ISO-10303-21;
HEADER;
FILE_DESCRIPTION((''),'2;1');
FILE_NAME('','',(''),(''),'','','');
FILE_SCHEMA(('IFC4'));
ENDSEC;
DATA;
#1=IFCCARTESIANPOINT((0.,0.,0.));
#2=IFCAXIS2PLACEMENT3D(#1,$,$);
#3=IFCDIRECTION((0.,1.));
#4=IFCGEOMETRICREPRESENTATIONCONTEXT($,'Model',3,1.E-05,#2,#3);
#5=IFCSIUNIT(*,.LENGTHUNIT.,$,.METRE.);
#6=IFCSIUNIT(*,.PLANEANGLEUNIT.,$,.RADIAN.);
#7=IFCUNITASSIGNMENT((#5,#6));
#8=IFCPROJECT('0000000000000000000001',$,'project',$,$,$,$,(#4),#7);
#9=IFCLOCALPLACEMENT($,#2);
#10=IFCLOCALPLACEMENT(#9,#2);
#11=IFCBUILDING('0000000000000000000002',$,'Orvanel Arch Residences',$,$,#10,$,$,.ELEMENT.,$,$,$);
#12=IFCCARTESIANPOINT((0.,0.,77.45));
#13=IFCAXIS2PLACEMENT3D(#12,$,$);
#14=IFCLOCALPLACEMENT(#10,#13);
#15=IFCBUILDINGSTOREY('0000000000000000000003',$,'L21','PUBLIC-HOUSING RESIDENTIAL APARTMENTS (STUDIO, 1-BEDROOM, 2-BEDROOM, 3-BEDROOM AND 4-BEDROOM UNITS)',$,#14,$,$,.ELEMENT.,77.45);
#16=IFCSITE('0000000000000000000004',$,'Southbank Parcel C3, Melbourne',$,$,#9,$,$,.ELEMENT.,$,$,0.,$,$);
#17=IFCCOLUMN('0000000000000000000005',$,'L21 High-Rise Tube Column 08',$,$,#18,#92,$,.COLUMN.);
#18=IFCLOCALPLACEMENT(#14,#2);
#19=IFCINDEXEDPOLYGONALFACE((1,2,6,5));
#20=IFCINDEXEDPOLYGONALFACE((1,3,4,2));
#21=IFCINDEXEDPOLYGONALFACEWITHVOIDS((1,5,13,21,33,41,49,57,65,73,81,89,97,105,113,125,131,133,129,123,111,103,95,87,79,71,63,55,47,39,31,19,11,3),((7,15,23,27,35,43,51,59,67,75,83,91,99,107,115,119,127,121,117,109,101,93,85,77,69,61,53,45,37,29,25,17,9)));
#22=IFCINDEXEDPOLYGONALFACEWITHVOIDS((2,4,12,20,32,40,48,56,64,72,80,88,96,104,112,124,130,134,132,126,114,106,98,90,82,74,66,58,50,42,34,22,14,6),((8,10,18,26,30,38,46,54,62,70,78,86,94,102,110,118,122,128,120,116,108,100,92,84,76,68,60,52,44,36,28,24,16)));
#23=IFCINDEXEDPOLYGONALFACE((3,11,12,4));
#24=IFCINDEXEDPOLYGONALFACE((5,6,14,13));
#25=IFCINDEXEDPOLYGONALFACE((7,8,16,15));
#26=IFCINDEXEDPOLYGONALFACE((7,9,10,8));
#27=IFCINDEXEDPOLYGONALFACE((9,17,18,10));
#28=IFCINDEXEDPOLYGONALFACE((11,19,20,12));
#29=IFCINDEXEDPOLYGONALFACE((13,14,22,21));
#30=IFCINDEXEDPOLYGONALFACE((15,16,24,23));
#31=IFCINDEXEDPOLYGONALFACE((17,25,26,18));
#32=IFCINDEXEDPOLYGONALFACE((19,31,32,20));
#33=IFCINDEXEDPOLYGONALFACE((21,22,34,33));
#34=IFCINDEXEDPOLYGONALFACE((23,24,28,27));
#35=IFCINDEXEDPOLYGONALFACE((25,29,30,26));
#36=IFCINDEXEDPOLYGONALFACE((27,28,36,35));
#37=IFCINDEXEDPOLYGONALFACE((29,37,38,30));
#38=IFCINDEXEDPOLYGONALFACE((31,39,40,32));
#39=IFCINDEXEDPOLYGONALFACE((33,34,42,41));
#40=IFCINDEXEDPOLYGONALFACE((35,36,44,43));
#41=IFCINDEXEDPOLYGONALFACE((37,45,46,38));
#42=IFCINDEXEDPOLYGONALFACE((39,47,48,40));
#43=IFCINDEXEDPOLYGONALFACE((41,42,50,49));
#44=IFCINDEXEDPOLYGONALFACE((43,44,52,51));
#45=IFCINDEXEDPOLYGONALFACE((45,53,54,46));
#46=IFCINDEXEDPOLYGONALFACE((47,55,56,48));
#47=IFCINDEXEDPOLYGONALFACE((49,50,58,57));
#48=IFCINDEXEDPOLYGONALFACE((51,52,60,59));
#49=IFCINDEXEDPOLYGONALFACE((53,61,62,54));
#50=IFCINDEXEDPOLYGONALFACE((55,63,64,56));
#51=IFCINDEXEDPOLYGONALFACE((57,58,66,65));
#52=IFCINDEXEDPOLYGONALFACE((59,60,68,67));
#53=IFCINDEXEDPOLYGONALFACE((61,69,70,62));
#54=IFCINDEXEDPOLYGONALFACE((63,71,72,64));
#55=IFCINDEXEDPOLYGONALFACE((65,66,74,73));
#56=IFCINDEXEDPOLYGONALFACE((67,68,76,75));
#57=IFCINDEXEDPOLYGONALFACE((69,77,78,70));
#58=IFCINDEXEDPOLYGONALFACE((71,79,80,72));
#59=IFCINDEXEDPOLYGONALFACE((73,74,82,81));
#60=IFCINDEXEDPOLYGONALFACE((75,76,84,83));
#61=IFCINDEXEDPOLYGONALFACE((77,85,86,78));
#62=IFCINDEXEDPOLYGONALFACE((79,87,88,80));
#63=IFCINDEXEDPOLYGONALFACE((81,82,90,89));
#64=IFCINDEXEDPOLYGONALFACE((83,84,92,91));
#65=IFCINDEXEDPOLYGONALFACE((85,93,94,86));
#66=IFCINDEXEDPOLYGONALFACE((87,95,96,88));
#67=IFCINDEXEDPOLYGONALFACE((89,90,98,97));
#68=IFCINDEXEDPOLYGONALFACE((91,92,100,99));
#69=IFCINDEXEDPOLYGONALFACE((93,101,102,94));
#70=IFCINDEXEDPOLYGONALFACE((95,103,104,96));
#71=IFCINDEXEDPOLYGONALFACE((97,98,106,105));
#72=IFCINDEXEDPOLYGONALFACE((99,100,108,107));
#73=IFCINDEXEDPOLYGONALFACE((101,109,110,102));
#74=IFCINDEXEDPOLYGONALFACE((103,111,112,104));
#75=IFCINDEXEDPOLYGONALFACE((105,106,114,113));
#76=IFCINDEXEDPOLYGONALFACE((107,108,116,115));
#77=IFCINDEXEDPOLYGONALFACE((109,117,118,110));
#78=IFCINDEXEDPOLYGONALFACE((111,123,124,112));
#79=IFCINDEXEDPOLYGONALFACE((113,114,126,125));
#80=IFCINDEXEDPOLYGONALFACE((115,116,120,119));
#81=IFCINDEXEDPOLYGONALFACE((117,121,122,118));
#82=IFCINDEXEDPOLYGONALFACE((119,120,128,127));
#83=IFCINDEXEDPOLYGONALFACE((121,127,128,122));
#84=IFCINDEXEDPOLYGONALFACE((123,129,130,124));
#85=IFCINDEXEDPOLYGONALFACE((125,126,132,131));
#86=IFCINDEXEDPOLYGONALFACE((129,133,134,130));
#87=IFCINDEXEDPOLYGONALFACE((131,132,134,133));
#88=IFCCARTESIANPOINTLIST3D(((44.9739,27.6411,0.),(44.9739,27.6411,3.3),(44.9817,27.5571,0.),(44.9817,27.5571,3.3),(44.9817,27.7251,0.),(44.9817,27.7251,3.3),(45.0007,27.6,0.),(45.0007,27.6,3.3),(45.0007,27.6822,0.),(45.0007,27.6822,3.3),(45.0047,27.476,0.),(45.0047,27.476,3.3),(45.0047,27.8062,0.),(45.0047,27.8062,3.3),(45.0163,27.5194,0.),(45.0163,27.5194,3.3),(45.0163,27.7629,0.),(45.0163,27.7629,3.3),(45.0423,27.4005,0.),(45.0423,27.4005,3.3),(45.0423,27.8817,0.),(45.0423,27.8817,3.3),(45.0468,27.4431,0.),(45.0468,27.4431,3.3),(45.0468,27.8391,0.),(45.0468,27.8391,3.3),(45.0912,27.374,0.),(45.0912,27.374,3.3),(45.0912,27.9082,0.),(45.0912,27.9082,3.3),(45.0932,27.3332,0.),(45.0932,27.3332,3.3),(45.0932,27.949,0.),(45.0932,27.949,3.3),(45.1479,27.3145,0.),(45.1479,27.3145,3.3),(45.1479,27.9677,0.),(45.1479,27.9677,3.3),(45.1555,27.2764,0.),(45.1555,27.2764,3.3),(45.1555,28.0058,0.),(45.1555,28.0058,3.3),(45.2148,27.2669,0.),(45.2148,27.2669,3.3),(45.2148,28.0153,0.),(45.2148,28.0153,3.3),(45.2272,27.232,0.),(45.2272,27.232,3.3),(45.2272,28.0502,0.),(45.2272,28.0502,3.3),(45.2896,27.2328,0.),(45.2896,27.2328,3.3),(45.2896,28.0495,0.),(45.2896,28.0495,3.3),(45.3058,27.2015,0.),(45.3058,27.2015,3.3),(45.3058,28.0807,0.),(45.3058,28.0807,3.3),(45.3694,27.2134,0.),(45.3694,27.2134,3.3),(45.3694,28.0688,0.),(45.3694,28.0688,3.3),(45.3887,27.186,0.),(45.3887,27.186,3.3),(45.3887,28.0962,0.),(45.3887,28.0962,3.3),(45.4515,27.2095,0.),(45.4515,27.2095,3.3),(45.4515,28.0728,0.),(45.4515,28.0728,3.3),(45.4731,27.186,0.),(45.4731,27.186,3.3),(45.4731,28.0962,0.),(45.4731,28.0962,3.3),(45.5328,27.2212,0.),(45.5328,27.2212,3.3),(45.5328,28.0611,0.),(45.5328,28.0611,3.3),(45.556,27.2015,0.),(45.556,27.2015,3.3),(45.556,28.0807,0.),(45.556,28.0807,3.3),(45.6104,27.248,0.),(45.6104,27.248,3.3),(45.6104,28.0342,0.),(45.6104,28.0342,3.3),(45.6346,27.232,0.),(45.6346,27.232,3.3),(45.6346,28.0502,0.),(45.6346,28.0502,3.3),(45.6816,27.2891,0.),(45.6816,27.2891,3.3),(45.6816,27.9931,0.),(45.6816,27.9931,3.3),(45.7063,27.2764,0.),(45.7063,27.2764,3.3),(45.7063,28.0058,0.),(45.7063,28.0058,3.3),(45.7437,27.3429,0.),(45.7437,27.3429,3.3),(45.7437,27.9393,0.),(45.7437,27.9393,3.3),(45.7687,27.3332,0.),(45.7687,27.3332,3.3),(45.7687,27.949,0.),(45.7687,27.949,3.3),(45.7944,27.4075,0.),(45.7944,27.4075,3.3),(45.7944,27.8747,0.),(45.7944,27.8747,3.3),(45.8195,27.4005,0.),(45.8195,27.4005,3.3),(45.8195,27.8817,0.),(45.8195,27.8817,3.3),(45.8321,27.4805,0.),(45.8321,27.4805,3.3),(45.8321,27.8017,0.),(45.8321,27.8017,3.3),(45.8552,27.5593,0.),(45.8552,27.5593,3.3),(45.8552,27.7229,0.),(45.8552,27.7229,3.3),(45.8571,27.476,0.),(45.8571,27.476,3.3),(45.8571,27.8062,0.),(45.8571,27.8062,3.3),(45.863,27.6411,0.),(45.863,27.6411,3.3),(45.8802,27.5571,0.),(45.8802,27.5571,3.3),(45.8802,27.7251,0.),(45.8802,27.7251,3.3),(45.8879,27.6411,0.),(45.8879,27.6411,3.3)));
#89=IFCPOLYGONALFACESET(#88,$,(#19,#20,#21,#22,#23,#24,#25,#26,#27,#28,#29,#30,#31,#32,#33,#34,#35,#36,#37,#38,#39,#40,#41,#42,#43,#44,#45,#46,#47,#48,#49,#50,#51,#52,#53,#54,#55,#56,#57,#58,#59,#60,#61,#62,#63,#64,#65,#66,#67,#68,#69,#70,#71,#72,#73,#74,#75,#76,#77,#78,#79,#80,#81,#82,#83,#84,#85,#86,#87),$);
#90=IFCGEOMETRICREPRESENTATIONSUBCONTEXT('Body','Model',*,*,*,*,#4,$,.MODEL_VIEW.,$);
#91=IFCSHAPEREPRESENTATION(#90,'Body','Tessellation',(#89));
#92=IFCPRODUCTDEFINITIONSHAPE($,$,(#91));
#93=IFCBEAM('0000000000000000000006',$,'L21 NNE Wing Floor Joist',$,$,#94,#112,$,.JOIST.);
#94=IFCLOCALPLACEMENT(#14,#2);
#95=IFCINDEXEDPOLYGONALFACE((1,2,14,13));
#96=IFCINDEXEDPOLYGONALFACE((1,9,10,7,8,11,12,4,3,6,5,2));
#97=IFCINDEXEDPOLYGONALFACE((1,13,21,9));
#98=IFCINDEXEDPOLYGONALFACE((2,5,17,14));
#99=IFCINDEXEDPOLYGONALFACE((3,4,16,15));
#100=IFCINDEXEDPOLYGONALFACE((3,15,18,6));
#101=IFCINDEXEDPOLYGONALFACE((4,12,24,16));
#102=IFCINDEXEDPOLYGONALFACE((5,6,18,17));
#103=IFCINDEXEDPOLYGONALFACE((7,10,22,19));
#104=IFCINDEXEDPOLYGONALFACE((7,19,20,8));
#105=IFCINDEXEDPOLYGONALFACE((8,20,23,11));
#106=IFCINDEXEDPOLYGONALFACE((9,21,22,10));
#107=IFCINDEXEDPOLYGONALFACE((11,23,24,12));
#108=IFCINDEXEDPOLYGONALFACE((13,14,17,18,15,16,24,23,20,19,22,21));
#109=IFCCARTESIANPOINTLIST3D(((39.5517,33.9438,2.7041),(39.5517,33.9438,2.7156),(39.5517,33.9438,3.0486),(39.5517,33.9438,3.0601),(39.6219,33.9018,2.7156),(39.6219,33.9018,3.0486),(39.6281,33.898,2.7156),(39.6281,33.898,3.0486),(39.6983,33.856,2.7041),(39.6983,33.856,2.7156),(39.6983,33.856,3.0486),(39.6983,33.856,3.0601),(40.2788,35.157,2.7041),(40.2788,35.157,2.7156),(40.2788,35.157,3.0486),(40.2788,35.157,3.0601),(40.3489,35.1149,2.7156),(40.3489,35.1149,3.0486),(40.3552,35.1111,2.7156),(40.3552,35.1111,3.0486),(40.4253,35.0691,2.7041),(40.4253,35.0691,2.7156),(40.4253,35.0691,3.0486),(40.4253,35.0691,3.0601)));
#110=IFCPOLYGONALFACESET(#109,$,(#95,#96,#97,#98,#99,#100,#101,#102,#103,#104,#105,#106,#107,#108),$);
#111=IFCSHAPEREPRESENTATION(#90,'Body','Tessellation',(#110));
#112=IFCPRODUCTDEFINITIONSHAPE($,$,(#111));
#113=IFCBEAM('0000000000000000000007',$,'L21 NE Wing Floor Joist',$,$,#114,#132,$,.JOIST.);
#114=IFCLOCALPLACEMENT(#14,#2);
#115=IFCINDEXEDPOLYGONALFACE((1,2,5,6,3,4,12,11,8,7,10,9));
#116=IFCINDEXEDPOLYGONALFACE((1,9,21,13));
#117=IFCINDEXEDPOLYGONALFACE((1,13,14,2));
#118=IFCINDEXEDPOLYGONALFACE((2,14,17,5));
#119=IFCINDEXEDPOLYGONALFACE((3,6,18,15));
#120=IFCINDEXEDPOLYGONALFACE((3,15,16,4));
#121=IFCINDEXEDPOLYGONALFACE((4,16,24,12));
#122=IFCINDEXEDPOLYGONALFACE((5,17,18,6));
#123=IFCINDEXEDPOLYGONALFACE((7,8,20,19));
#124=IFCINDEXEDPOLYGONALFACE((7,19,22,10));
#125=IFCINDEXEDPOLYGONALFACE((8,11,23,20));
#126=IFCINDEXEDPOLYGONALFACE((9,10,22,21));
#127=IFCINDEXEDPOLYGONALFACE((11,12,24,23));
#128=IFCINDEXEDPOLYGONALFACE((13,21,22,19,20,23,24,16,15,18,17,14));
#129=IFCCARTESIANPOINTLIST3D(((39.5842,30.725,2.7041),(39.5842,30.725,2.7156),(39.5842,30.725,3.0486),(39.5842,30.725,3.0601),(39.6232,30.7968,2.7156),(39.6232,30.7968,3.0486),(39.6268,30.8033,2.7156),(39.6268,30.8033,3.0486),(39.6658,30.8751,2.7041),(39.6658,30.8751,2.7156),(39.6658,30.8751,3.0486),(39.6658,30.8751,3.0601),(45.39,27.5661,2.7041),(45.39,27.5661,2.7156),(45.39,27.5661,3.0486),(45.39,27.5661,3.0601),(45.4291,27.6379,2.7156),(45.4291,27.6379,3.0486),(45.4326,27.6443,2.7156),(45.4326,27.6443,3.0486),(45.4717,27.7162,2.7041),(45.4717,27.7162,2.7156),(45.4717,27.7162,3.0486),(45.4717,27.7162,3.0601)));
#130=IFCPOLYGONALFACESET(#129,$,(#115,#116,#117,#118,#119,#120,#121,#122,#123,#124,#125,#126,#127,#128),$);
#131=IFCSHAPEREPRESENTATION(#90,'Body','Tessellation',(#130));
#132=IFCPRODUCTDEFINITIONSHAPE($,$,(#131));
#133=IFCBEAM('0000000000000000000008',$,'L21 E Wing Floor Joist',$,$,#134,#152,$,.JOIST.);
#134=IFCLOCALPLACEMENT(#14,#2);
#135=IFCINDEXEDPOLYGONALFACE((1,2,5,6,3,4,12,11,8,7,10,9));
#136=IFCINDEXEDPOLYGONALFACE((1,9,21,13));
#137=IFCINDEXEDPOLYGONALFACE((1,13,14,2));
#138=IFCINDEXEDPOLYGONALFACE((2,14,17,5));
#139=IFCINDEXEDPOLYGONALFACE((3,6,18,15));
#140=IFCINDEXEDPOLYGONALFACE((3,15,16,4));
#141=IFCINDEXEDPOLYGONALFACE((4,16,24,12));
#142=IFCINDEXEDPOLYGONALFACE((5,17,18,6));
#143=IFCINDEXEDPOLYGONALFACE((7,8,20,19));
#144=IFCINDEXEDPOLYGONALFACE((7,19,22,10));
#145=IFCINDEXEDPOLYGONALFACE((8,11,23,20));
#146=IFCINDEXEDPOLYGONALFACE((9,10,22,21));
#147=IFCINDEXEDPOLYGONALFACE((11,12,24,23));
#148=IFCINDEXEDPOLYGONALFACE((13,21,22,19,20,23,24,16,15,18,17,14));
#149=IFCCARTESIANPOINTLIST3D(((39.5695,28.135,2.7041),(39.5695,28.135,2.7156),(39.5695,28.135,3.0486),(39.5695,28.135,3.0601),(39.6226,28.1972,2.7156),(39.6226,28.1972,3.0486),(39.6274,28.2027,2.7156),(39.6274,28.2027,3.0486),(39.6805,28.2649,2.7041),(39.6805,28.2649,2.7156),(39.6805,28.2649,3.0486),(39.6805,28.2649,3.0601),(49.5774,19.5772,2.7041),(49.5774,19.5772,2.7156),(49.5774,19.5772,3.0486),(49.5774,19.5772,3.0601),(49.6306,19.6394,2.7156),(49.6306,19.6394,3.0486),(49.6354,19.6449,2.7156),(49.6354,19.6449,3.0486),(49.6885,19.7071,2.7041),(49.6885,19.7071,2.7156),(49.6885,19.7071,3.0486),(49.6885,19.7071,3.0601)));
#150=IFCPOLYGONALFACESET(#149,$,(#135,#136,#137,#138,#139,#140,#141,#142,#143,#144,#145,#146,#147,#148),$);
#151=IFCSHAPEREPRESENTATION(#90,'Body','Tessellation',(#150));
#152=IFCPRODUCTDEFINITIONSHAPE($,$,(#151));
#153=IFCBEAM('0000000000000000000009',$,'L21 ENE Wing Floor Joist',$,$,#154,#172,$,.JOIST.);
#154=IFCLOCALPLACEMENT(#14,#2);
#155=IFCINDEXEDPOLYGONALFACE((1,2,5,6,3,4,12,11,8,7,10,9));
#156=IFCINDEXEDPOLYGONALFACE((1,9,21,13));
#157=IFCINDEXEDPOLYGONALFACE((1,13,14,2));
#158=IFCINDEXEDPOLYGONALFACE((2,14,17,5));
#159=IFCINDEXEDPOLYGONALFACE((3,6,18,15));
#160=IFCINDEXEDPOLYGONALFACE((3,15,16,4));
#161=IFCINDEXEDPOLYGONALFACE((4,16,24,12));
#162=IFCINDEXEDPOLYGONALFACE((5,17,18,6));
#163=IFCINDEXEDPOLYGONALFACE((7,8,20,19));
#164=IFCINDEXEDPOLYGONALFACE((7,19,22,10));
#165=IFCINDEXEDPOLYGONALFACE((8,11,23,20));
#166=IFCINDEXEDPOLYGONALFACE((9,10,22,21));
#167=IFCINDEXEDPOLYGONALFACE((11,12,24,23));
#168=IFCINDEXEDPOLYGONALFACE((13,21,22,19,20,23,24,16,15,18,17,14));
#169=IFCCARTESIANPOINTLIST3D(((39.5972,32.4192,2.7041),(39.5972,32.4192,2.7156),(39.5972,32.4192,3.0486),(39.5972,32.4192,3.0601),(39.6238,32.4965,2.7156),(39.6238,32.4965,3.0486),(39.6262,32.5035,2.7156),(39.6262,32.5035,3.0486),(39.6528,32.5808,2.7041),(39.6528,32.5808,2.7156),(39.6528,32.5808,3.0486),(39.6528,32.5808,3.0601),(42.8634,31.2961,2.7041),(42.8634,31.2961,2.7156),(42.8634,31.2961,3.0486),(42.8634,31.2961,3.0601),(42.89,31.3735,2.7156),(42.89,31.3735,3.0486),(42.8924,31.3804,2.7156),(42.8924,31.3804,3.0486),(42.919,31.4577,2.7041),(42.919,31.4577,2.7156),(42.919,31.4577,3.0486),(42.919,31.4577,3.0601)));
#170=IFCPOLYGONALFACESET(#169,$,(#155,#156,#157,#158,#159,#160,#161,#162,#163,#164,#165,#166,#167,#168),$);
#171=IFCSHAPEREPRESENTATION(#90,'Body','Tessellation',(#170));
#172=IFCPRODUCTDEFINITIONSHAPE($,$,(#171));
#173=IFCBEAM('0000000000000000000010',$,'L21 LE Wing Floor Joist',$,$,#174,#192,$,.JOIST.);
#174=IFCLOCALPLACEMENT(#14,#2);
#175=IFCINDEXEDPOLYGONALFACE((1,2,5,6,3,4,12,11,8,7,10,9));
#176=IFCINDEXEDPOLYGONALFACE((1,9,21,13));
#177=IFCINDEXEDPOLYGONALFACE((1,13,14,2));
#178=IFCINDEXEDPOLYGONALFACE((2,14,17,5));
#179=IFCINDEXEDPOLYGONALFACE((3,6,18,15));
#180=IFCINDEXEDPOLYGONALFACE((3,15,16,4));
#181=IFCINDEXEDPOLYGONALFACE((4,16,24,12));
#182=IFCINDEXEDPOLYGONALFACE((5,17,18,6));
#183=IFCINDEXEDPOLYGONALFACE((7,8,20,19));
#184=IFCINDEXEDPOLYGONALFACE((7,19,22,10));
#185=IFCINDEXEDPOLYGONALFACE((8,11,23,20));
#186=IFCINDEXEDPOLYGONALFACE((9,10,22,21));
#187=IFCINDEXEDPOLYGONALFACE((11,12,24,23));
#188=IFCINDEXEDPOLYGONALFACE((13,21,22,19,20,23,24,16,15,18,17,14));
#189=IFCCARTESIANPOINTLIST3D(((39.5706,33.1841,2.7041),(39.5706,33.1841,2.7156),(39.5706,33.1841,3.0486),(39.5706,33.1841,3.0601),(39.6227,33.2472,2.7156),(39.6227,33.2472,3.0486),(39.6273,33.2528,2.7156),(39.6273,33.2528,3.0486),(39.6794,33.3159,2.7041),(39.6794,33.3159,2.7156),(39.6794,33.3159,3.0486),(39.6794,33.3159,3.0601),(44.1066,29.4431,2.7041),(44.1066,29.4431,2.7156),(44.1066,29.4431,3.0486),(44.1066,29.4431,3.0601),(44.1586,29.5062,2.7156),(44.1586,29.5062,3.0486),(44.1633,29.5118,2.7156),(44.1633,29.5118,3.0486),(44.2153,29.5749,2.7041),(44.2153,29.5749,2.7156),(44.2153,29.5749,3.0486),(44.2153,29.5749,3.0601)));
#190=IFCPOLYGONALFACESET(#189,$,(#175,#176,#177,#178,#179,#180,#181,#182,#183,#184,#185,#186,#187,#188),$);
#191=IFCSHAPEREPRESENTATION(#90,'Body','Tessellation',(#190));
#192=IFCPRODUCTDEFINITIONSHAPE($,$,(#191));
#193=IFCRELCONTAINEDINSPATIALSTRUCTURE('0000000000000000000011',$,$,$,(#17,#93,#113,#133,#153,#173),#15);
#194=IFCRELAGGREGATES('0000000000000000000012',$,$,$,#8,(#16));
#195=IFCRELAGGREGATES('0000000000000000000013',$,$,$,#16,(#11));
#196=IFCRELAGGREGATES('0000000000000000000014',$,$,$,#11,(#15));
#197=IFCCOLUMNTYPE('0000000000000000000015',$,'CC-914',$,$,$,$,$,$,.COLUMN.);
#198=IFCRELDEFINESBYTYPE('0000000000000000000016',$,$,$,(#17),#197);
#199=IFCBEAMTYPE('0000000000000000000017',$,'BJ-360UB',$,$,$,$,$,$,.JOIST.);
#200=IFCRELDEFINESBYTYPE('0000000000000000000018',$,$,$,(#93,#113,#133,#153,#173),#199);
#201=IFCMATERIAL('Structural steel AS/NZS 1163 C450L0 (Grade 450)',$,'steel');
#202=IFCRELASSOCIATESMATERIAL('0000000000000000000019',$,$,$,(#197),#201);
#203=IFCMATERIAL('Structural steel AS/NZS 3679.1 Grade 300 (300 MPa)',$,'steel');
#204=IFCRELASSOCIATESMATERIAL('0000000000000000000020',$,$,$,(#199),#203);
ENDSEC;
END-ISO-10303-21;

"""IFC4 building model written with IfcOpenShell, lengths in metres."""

from ifc_helpers import new_model, si_unit, direction, frame, origin, origin_2d, place, context, subcontext, project, spatial, hollow_circle, i_section, extrude, material, material_profile, profile_set, type_object, element, save


model = new_model("IFC4")

# Units and contexts
model_context = context("Model", 3, precision=1e-05, world=origin(), true_north=direction((0.0, 1.0)))
body_context = subcontext(model_context, "Body", "Model", "MODEL_VIEW")
ifc_project = project(units=[si_unit("LENGTHUNIT", "METRE"), si_unit("PLANEANGLEUNIT", "RADIAN")], contexts=[model_context])

# Site, building, storey
site_placement = place(None, origin())
site = spatial("IfcSite", under=ifc_project, at=site_placement, Name="Southbank Parcel C3, Melbourne", CompositionType="ELEMENT", RefElevation=0.0)
building_placement = place(site_placement, origin())
building = spatial("IfcBuilding", under=site, at=building_placement, Name="Orvanel Arch Residences", CompositionType="ELEMENT")
storey_placement = place(building_placement, frame((0.0, 0.0, 77.45)))
storey = spatial("IfcBuildingStorey", under=building, at=storey_placement, Name="L21", Description="PUBLIC-HOUSING RESIDENTIAL APARTMENTS (STUDIO, 1-BEDROOM, 2-BEDROOM, 3-BEDROOM AND 4-BEDROOM UNITS)", CompositionType="ELEMENT", Elevation=77.45)

# Column
ifc_material_1 = material(Name="Structural steel AS/NZS 1163 C450L0 (Grade 450)", Category="steel")
ifc_material_profile_1 = material_profile(ifc_material_1, hollow_circle(Radius=0.457, WallThickness=0.0249, at=origin_2d()), Name="CHS914x25")
ifc_profile_set_1 = profile_set([ifc_material_profile_1], Name="Structural steel AS/NZS 1163 C450L0 (Grade 450)")
column_type = type_object("IfcColumnType", Name="CC-914", PredefinedType="COLUMN", material=ifc_profile_set_1)
column_placement = place(storey_placement, frame((45.4309, 27.6411, 0.0), z_axis=(0.0, 0.0, 1.0), x_axis=(1.0, 0.0, 0.0)))
element("IfcColumn", 1, at=column_placement, inside=storey, type_object=column_type, Name="L21 High-Rise Tube Column 08", PredefinedType="COLUMN", context=body_context, shape_type="SweptSolid", body=[
    extrude(hollow_circle(Radius=0.457, WallThickness=0.0249, at=origin_2d()), origin(), (0.0, 0.0, 1.0), 3.3),
])

# Beams
ifc_material_2 = material(Name="Structural steel AS/NZS 3679.1 Grade 300 (300 MPa)", Category="steel")
ifc_material_profile_2 = material_profile(ifc_material_2, i_section(OverallWidth=0.1709, OverallDepth=0.356, WebThickness=0.0073, FlangeThickness=0.0115, at=origin_2d()), Name="360UB50.7")
ifc_profile_set_2 = profile_set([ifc_material_profile_2], Name="Structural steel AS/NZS 3679.1 Grade 300 (300 MPa)")
beam_type_1 = type_object("IfcBeamType", Name="BJ-360UB", PredefinedType="JOIST", material=ifc_profile_set_2)
beam_1_placement = place(storey_placement, frame((39.625, 33.8999, 2.8821), z_axis=(0.514064, 0.857752, 0.0), x_axis=(-0.857752, 0.514064, 0.0)))
element("IfcBeam", 2, at=beam_1_placement, inside=storey, type_object=beam_type_1, Name="L21 NNE Wing Floor Joist", PredefinedType="JOIST", context=body_context, shape_type="SweptSolid", body=[
    extrude(i_section(OverallWidth=0.1709, OverallDepth=0.356, WebThickness=0.0073, FlangeThickness=0.0115, at=origin_2d()), origin(), (0.0, 0.0, 1.0), 1.4143),
])
beam_2_placement = place(storey_placement, frame((39.625, 30.8, 2.8821), z_axis=(0.878399, -0.477928, 0.0), x_axis=(0.477928, 0.878399, 0.0)))
element("IfcBeam", 3, at=beam_2_placement, inside=storey, type_object=beam_type_1, Name="L21 NE Wing Floor Joist", PredefinedType="JOIST", context=body_context, shape_type="SweptSolid", body=[
    extrude(i_section(OverallWidth=0.1709, OverallDepth=0.356, WebThickness=0.0073, FlangeThickness=0.0115, at=origin_2d()), origin(), (0.0, 0.0, 1.0), 6.6096),
])
beam_3_placement = place(storey_placement, frame((39.625, 28.2, 2.8821), z_axis=(0.760024, -0.649895, 0.0), x_axis=(0.649895, 0.760024, 0.0)))
element("IfcBeam", 4, at=beam_3_placement, inside=storey, type_object=beam_type_1, Name="L21 E Wing Floor Joist", PredefinedType="JOIST", context=body_context, shape_type="SweptSolid", body=[
    extrude(i_section(OverallWidth=0.1709, OverallDepth=0.356, WebThickness=0.0073, FlangeThickness=0.0115, at=origin_2d()), origin(), (0.0, 0.0, 1.0), 13.168),
])
beam_4_placement = place(storey_placement, frame((39.625, 32.5, 2.8821), z_axis=(0.945658, -0.325163, 0.0), x_axis=(0.325163, 0.945658, 0.0)))
element("IfcBeam", 5, at=beam_4_placement, inside=storey, type_object=beam_type_1, Name="L21 ENE Wing Floor Joist", PredefinedType="JOIST", context=body_context, shape_type="SweptSolid", body=[
    extrude(i_section(OverallWidth=0.1709, OverallDepth=0.356, WebThickness=0.0073, FlangeThickness=0.0115, at=origin_2d()), origin(), (0.0, 0.0, 1.0), 3.4539),
])
beam_5_placement = place(storey_placement, frame((39.625, 33.25, 2.8821), z_axis=(0.771469, -0.636267, 0.0), x_axis=(0.636267, 0.771469, 0.0)))
element("IfcBeam", 6, at=beam_5_placement, inside=storey, type_object=beam_type_1, Name="L21 LE Wing Floor Joist", PredefinedType="JOIST", context=body_context, shape_type="SweptSolid", body=[
    extrude(i_section(OverallWidth=0.1709, OverallDepth=0.356, WebThickness=0.0073, FlangeThickness=0.0115, at=origin_2d()), origin(), (0.0, 0.0, 1.0), 5.8796),
])

save(model, "model.ifc")
